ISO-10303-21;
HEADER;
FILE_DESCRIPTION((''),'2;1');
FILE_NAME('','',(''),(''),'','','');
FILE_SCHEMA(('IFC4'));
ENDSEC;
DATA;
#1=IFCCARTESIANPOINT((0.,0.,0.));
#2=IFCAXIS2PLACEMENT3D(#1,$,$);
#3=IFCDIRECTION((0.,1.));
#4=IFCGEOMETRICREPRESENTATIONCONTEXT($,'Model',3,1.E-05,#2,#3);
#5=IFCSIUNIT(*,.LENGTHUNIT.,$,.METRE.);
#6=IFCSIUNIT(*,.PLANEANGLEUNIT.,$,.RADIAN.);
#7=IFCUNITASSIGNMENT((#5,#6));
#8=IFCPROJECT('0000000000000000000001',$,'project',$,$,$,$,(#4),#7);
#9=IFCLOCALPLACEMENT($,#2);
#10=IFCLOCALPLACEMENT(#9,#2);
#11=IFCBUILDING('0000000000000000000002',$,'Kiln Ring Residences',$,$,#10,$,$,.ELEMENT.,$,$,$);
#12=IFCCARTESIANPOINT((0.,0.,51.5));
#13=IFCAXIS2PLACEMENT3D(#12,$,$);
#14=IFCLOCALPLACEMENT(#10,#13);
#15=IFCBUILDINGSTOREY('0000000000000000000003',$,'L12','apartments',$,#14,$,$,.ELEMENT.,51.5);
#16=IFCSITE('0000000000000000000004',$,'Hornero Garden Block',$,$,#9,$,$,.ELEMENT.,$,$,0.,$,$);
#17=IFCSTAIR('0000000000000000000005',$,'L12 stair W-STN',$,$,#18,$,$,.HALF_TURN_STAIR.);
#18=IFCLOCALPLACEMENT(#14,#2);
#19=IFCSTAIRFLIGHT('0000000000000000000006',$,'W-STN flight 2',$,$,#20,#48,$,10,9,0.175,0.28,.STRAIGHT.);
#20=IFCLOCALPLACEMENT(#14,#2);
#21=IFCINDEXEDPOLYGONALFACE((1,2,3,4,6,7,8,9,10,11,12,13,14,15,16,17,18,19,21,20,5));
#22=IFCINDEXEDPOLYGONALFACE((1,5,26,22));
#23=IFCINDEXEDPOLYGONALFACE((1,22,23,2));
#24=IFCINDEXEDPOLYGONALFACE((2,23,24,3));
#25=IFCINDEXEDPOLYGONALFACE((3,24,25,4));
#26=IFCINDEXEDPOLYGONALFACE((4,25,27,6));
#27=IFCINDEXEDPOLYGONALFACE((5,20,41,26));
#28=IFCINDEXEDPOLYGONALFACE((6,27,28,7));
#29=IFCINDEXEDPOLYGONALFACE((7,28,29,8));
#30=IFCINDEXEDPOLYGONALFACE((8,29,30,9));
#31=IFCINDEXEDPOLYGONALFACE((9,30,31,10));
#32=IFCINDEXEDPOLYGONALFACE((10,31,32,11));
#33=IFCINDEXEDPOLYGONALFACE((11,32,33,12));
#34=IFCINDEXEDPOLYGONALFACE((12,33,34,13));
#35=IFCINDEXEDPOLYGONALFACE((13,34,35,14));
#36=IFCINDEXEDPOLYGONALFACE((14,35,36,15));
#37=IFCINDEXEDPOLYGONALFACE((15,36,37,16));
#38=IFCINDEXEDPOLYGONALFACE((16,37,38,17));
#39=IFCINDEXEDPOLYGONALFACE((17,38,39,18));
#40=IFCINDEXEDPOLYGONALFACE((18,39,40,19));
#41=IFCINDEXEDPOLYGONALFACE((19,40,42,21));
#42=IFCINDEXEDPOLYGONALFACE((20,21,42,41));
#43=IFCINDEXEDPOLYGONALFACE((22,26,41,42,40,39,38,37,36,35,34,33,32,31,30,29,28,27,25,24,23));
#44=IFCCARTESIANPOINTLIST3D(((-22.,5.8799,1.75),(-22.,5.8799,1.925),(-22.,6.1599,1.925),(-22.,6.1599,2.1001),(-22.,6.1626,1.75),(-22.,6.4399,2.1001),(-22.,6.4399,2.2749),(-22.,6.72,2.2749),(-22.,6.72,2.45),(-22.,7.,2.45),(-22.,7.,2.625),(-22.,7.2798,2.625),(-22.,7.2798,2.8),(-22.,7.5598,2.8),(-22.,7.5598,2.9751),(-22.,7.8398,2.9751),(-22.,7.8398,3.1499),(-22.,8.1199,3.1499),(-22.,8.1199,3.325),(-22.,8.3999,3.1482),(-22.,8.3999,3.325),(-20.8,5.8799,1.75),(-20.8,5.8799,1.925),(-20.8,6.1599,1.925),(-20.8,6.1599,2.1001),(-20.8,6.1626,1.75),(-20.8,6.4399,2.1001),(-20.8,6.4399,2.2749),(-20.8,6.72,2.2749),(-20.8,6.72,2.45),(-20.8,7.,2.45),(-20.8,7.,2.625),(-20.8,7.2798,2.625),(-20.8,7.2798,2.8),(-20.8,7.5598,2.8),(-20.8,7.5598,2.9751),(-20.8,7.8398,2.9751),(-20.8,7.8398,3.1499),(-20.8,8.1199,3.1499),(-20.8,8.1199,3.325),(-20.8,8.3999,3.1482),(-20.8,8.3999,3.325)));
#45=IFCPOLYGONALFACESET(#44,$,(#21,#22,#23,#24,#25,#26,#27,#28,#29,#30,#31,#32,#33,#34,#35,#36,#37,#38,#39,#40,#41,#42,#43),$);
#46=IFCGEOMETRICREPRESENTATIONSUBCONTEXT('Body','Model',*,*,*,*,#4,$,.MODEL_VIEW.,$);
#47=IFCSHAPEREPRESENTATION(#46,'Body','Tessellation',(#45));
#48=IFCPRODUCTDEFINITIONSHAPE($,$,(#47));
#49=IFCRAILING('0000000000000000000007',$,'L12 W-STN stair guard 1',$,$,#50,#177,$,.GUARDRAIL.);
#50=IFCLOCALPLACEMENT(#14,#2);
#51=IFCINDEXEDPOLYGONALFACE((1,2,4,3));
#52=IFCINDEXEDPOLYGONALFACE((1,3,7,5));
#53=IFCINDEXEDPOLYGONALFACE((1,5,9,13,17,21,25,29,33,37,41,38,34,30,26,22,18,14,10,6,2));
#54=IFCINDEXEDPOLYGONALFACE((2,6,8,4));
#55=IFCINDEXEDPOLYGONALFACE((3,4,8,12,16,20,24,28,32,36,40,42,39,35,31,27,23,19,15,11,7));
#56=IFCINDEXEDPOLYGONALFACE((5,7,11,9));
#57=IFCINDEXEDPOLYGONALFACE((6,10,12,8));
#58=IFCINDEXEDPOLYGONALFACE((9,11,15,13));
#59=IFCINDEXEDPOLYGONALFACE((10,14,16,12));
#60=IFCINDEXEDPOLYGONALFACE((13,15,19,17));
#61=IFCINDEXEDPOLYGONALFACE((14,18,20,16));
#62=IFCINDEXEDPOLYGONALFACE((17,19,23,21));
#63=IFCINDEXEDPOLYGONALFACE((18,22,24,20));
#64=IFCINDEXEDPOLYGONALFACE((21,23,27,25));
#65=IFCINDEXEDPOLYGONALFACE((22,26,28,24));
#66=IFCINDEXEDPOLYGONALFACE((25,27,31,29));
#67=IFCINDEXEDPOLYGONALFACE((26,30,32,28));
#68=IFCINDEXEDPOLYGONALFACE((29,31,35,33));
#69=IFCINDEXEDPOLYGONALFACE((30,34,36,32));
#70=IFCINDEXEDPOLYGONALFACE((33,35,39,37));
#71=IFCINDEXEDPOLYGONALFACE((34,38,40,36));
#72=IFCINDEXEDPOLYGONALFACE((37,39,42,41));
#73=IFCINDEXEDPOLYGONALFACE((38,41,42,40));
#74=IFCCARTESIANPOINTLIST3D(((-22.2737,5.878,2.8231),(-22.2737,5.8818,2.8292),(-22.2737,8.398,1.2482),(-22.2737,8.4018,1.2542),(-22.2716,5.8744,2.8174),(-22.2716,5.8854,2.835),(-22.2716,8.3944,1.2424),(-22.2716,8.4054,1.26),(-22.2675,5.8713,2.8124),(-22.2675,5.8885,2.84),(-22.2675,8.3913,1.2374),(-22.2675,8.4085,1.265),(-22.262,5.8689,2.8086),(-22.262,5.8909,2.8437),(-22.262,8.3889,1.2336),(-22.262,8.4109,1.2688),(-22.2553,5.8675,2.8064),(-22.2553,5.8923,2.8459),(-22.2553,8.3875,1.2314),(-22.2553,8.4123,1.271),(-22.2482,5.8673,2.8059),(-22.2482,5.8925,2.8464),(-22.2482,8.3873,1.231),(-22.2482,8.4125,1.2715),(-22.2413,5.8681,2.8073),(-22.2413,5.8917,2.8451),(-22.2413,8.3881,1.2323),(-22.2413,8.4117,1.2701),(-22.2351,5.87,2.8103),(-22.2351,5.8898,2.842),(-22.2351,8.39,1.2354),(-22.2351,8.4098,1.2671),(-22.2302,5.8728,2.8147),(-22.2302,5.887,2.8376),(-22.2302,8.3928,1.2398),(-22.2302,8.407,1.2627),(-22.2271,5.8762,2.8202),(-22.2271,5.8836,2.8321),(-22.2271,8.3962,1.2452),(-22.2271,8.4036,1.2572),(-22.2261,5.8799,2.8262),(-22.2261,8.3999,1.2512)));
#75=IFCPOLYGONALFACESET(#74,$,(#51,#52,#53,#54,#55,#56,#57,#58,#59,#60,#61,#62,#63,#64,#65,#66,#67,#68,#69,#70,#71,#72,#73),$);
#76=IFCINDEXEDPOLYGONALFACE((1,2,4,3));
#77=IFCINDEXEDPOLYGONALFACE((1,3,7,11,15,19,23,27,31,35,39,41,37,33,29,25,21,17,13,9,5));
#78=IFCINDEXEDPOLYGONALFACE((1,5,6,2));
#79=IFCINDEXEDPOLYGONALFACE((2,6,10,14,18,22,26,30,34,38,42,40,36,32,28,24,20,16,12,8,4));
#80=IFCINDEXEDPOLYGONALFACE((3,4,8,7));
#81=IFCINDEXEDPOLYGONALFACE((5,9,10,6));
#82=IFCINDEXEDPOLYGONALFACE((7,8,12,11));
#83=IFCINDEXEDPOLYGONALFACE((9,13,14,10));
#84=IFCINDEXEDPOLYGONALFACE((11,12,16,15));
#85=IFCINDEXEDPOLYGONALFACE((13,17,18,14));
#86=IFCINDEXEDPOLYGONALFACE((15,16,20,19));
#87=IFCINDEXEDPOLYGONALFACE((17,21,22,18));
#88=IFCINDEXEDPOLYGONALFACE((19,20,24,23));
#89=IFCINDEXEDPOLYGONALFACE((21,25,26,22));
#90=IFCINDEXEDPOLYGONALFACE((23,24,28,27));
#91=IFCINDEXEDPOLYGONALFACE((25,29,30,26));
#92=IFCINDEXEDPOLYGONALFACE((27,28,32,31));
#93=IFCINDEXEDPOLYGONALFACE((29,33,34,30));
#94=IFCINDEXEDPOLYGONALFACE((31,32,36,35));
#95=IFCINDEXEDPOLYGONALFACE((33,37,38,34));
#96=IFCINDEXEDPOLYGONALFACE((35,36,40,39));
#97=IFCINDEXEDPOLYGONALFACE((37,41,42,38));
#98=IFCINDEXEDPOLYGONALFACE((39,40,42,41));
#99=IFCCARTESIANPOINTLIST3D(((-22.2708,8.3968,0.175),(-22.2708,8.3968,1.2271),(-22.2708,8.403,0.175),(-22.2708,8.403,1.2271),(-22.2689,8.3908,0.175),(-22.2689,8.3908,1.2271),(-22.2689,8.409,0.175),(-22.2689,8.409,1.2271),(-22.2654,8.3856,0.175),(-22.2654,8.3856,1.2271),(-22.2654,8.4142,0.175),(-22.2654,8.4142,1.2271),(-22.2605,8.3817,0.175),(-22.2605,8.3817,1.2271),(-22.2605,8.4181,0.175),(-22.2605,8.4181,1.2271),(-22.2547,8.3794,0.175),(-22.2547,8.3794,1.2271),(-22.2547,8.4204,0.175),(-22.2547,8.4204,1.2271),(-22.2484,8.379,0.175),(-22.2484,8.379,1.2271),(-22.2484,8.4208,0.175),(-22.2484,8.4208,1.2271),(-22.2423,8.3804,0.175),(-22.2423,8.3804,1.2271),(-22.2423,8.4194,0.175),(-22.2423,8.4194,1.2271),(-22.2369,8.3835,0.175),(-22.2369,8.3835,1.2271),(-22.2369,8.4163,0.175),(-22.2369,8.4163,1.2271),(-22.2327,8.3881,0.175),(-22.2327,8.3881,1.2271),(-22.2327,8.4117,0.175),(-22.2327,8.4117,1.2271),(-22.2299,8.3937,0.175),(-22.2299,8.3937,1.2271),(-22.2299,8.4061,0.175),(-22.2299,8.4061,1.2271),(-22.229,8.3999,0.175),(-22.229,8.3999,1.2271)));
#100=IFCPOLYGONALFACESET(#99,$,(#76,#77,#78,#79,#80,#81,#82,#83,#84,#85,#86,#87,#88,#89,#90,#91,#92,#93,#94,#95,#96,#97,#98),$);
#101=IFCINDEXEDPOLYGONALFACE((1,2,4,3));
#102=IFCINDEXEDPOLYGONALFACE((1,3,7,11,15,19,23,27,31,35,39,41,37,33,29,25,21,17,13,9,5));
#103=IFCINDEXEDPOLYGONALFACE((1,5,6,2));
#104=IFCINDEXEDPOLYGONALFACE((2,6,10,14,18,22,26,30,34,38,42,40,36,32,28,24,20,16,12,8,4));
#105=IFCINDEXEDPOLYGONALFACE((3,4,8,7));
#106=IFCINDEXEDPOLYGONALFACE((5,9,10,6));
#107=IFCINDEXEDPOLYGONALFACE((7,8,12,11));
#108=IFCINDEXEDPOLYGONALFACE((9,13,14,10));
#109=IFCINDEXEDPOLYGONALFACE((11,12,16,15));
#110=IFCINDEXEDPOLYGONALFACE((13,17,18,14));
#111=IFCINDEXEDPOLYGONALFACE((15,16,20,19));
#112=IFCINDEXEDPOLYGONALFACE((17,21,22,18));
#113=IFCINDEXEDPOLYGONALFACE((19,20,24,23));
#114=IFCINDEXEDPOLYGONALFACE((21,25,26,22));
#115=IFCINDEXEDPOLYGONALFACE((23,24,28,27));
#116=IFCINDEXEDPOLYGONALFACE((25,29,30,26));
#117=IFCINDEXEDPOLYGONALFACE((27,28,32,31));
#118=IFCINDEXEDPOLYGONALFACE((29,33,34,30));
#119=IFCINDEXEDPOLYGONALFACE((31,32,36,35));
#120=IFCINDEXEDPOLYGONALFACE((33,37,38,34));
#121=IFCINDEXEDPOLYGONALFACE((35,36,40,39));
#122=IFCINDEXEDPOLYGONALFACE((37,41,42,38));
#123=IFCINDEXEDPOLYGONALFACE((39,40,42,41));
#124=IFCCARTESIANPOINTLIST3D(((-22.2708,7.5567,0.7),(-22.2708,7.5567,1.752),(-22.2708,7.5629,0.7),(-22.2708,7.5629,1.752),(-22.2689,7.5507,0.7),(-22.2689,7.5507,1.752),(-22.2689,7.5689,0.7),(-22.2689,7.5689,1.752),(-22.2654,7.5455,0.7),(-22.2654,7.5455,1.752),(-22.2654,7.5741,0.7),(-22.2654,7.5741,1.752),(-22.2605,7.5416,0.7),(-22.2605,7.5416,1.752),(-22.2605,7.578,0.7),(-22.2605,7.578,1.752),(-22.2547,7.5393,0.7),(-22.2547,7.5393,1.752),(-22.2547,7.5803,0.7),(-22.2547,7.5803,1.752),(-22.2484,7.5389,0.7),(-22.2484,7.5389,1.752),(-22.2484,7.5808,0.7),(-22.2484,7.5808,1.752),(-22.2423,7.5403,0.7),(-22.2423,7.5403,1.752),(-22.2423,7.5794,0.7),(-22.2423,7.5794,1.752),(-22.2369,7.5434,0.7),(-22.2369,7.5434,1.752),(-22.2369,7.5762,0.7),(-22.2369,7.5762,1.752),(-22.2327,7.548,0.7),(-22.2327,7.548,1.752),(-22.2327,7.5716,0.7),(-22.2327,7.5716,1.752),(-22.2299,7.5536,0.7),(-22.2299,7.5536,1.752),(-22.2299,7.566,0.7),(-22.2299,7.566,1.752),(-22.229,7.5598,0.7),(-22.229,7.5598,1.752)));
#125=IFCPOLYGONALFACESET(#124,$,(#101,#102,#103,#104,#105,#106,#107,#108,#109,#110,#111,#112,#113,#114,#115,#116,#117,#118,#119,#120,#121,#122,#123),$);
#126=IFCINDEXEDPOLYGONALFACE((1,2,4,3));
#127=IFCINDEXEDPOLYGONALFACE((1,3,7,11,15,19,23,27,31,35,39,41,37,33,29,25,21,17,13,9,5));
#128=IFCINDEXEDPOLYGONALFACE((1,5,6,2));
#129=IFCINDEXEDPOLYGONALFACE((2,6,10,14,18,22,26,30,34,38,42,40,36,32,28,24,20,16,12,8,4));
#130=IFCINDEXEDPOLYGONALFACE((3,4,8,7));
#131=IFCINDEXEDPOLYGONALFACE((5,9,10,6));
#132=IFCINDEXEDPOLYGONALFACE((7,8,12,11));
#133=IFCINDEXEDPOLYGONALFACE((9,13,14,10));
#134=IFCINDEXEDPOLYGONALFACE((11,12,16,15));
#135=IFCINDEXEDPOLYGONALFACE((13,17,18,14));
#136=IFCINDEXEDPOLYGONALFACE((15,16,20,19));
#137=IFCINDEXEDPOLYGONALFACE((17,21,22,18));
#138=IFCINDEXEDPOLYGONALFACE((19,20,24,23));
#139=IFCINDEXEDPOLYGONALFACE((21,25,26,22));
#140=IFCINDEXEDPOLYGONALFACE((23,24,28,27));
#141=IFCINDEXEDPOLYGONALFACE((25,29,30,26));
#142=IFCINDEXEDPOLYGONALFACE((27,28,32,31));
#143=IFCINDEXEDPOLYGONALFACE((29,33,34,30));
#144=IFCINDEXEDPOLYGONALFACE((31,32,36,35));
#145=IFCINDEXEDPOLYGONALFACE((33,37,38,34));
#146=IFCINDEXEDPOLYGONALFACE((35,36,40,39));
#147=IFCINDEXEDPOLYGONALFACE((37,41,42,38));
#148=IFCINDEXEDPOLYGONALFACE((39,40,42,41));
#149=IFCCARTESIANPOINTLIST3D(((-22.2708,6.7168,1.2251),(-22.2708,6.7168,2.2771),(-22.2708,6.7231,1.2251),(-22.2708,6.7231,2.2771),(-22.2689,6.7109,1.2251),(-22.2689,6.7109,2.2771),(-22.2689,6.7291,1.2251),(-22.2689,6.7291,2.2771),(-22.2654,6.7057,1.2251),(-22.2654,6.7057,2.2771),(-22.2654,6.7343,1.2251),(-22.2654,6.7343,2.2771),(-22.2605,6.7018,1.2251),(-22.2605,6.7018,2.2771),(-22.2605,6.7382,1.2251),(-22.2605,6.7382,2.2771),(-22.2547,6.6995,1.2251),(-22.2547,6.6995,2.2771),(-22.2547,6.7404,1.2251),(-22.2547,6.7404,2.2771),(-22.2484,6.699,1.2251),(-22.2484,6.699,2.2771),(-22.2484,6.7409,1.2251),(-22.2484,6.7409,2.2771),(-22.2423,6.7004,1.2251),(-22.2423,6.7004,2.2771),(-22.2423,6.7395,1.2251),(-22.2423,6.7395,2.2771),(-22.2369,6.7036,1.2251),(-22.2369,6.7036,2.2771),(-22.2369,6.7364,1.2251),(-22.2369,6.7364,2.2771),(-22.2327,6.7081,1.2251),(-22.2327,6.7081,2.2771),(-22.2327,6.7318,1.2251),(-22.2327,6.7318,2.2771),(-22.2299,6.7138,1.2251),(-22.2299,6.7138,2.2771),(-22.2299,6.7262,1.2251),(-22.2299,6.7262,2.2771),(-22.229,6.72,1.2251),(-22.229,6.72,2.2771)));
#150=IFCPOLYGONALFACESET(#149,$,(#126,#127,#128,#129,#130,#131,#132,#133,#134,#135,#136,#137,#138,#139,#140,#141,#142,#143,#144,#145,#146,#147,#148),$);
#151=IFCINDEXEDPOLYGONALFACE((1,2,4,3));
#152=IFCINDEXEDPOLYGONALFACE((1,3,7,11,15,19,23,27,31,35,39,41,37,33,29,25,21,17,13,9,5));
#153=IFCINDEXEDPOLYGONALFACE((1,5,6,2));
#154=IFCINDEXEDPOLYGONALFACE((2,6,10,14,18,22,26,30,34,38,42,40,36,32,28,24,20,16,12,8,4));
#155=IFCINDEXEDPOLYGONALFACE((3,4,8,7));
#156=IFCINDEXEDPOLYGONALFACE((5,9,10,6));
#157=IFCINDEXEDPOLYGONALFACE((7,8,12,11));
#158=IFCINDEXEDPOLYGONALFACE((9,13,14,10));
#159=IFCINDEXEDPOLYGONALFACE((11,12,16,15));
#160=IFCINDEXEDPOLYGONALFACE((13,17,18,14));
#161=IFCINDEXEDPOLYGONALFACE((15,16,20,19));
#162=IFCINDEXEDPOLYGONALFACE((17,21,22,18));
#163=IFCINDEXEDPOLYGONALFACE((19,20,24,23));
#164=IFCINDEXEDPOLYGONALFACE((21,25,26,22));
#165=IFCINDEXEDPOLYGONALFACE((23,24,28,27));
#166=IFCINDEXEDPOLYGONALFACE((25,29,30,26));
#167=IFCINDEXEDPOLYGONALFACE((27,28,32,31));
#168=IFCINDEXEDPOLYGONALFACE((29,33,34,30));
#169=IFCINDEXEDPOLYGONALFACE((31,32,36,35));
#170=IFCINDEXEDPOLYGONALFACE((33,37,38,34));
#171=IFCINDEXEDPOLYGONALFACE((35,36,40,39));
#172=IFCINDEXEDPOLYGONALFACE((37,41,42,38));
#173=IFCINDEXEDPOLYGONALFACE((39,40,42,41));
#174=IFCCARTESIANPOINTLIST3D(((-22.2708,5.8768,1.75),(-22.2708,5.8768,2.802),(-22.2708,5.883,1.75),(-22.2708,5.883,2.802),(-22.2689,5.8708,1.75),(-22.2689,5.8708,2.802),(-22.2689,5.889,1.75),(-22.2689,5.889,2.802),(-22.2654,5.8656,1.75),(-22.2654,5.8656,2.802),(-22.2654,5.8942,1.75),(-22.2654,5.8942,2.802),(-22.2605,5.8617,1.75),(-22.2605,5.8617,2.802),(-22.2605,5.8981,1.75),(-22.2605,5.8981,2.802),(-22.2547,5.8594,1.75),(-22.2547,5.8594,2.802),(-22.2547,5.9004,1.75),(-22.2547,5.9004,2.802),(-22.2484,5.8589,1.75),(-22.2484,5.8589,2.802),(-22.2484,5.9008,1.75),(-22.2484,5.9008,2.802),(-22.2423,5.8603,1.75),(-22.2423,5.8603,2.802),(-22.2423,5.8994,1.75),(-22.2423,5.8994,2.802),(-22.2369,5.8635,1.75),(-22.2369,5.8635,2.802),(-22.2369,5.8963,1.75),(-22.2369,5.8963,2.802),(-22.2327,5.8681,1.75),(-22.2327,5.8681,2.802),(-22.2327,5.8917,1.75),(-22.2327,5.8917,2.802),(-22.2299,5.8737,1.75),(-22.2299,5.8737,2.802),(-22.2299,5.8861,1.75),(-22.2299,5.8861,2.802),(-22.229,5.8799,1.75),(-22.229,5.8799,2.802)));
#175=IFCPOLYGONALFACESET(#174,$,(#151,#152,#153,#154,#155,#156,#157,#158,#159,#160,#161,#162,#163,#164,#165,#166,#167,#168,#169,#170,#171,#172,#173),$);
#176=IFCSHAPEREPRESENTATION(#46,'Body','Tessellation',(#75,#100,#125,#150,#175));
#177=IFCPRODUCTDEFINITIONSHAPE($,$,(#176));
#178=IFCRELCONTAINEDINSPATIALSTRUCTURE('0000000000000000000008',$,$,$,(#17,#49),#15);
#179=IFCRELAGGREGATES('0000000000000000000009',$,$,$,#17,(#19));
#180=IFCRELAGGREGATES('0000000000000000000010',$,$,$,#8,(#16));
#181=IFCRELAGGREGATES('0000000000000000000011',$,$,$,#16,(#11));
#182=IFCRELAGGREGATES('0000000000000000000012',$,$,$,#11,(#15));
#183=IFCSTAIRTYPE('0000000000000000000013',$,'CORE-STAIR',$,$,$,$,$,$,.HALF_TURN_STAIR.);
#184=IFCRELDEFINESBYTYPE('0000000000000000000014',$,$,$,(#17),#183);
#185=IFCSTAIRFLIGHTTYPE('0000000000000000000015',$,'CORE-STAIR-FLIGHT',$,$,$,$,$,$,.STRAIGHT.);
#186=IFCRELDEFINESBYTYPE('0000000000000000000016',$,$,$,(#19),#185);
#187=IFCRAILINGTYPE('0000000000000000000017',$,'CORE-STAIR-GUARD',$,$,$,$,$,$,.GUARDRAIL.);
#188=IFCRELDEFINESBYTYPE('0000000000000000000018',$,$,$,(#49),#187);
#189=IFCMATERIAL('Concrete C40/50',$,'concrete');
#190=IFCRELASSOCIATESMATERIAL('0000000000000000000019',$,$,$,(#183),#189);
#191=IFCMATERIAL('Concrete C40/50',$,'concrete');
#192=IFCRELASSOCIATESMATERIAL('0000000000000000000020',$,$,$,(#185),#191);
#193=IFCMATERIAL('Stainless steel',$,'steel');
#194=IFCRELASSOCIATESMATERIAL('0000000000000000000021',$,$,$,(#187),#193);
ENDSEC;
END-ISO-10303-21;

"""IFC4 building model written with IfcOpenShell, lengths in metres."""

from ifc_helpers import new_model, si_unit, direction, frame, origin, origin_2d, place, context, subcontext, project, spatial, polyline, circle, outline, extrude, material, type_object, element, aggregate, save


model = new_model("IFC4")

# Units and contexts
model_context = context("Model", 3, precision=1e-05, world=origin(), true_north=direction((0.0, 1.0)))
body_context = subcontext(model_context, "Body", "Model", "MODEL_VIEW")
ifc_project = project(units=[si_unit("LENGTHUNIT", "METRE"), si_unit("PLANEANGLEUNIT", "RADIAN")], contexts=[model_context])

# Site, building, storey
site_placement = place(None, origin())
site = spatial("IfcSite", under=ifc_project, at=site_placement, Name="Hornero Garden Block", CompositionType="ELEMENT", RefElevation=0.0)
building_placement = place(site_placement, origin())
building = spatial("IfcBuilding", under=site, at=building_placement, Name="Kiln Ring Residences", CompositionType="ELEMENT")
storey_placement = place(building_placement, frame((0.0, 0.0, 51.5)))
storey = spatial("IfcBuildingStorey", under=building, at=storey_placement, Name="L12", Description="apartments", CompositionType="ELEMENT", Elevation=51.5)

# Stair, stair flight
ifc_material_1 = material(Name="Concrete C40/50", Category="concrete")
stair_type = type_object("IfcStairType", Name="CORE-STAIR", PredefinedType="HALF_TURN_STAIR", material=ifc_material_1)
stair_placement = place(storey_placement, origin())
stair = element("IfcStair", 1, at=stair_placement, inside=storey, type_object=stair_type, Name="L12 stair W-STN", PredefinedType="HALF_TURN_STAIR")
ifc_material_2 = material(Name="Concrete C40/50", Category="concrete")
stair_flight_type = type_object("IfcStairFlightType", Name="CORE-STAIR-FLIGHT", PredefinedType="STRAIGHT", material=ifc_material_2)
stair_flight_1_placement = place(storey_placement, frame((-21.3999, 5.8799, 1.75), z_axis=(0.0, 0.0, 1.0), x_axis=(0.0, 1.0, 0.0)))
stair_flight_1 = element("IfcStairFlight", 2, at=stair_flight_1_placement, type_object=stair_flight_type, Name="W-STN flight 2", NumberOfRisers=10, NumberOfTreads=9, PredefinedType="STRAIGHT", RiserHeight=0.175, TreadLength=0.28, context=body_context, shape_type="SweptSolid", body=[
    extrude(outline(polyline([(0.0, 0.0), (0.0, 0.175), (0.28, 0.175), (0.28, 0.3501), (0.5601, 0.3501), (0.5601, 0.5249), (0.8401, 0.5249), (0.8401, 0.7), (1.1201, 0.7), (1.1201, 0.875), (1.3999, 0.875), (1.3999, 1.05), (1.6799, 1.05), (1.6799, 1.2251), (1.96, 1.2251), (1.96, 1.3999), (2.24, 1.3999), (2.24, 1.575), (2.52, 1.575), (2.52, 1.75), (2.52, 1.3982), (0.2827, 0.0), (0.0, 0.0)])), frame((0.0, 0.6001, 0.0), z_axis=(0.0, -1.0, 0.0), x_axis=(1.0, 0.0, 0.0)), (0.0, 0.0, 1.0), 1.2),
])
aggregate(stair, [stair_flight_1])

# Railing
ifc_material_3 = material(Name="Stainless steel", Category="steel")
railing_type_1 = type_object("IfcRailingType", Name="CORE-STAIR-GUARD", PredefinedType="GUARDRAIL", material=ifc_material_3)
railing_1_placement = place(storey_placement, frame((-22.25, 8.3999, 0.175)))
element("IfcRailing", 3, at=railing_1_placement, inside=storey, type_object=railing_type_1, Name="L12 W-STN stair guard 1", PredefinedType="GUARDRAIL", context=body_context, shape_type="SweptSolid", body=[
    extrude(circle(Radius=0.0239, at=origin_2d()), frame((0.0, 0.0, 1.0762), z_axis=(0.0, -0.848008, 0.529984), x_axis=(1.0, 0.0, 0.0)), (0.0, 0.0, 1.0), 2.9717),
    extrude(circle(Radius=0.021, at=origin_2d()), origin(), (0.0, 0.0, 1.0), 1.052),
    extrude(circle(Radius=0.021, at=origin_2d()), frame((0.0, -0.8401, 0.5249)), (0.0, 0.0, 1.0), 1.052),
    extrude(circle(Radius=0.021, at=origin_2d()), frame((0.0, -1.6799, 1.05)), (0.0, 0.0, 1.0), 1.052),
    extrude(circle(Radius=0.021, at=origin_2d()), frame((0.0, -2.52, 1.575)), (0.0, 0.0, 1.0), 1.052),
])

save(model, "model.ifc")
